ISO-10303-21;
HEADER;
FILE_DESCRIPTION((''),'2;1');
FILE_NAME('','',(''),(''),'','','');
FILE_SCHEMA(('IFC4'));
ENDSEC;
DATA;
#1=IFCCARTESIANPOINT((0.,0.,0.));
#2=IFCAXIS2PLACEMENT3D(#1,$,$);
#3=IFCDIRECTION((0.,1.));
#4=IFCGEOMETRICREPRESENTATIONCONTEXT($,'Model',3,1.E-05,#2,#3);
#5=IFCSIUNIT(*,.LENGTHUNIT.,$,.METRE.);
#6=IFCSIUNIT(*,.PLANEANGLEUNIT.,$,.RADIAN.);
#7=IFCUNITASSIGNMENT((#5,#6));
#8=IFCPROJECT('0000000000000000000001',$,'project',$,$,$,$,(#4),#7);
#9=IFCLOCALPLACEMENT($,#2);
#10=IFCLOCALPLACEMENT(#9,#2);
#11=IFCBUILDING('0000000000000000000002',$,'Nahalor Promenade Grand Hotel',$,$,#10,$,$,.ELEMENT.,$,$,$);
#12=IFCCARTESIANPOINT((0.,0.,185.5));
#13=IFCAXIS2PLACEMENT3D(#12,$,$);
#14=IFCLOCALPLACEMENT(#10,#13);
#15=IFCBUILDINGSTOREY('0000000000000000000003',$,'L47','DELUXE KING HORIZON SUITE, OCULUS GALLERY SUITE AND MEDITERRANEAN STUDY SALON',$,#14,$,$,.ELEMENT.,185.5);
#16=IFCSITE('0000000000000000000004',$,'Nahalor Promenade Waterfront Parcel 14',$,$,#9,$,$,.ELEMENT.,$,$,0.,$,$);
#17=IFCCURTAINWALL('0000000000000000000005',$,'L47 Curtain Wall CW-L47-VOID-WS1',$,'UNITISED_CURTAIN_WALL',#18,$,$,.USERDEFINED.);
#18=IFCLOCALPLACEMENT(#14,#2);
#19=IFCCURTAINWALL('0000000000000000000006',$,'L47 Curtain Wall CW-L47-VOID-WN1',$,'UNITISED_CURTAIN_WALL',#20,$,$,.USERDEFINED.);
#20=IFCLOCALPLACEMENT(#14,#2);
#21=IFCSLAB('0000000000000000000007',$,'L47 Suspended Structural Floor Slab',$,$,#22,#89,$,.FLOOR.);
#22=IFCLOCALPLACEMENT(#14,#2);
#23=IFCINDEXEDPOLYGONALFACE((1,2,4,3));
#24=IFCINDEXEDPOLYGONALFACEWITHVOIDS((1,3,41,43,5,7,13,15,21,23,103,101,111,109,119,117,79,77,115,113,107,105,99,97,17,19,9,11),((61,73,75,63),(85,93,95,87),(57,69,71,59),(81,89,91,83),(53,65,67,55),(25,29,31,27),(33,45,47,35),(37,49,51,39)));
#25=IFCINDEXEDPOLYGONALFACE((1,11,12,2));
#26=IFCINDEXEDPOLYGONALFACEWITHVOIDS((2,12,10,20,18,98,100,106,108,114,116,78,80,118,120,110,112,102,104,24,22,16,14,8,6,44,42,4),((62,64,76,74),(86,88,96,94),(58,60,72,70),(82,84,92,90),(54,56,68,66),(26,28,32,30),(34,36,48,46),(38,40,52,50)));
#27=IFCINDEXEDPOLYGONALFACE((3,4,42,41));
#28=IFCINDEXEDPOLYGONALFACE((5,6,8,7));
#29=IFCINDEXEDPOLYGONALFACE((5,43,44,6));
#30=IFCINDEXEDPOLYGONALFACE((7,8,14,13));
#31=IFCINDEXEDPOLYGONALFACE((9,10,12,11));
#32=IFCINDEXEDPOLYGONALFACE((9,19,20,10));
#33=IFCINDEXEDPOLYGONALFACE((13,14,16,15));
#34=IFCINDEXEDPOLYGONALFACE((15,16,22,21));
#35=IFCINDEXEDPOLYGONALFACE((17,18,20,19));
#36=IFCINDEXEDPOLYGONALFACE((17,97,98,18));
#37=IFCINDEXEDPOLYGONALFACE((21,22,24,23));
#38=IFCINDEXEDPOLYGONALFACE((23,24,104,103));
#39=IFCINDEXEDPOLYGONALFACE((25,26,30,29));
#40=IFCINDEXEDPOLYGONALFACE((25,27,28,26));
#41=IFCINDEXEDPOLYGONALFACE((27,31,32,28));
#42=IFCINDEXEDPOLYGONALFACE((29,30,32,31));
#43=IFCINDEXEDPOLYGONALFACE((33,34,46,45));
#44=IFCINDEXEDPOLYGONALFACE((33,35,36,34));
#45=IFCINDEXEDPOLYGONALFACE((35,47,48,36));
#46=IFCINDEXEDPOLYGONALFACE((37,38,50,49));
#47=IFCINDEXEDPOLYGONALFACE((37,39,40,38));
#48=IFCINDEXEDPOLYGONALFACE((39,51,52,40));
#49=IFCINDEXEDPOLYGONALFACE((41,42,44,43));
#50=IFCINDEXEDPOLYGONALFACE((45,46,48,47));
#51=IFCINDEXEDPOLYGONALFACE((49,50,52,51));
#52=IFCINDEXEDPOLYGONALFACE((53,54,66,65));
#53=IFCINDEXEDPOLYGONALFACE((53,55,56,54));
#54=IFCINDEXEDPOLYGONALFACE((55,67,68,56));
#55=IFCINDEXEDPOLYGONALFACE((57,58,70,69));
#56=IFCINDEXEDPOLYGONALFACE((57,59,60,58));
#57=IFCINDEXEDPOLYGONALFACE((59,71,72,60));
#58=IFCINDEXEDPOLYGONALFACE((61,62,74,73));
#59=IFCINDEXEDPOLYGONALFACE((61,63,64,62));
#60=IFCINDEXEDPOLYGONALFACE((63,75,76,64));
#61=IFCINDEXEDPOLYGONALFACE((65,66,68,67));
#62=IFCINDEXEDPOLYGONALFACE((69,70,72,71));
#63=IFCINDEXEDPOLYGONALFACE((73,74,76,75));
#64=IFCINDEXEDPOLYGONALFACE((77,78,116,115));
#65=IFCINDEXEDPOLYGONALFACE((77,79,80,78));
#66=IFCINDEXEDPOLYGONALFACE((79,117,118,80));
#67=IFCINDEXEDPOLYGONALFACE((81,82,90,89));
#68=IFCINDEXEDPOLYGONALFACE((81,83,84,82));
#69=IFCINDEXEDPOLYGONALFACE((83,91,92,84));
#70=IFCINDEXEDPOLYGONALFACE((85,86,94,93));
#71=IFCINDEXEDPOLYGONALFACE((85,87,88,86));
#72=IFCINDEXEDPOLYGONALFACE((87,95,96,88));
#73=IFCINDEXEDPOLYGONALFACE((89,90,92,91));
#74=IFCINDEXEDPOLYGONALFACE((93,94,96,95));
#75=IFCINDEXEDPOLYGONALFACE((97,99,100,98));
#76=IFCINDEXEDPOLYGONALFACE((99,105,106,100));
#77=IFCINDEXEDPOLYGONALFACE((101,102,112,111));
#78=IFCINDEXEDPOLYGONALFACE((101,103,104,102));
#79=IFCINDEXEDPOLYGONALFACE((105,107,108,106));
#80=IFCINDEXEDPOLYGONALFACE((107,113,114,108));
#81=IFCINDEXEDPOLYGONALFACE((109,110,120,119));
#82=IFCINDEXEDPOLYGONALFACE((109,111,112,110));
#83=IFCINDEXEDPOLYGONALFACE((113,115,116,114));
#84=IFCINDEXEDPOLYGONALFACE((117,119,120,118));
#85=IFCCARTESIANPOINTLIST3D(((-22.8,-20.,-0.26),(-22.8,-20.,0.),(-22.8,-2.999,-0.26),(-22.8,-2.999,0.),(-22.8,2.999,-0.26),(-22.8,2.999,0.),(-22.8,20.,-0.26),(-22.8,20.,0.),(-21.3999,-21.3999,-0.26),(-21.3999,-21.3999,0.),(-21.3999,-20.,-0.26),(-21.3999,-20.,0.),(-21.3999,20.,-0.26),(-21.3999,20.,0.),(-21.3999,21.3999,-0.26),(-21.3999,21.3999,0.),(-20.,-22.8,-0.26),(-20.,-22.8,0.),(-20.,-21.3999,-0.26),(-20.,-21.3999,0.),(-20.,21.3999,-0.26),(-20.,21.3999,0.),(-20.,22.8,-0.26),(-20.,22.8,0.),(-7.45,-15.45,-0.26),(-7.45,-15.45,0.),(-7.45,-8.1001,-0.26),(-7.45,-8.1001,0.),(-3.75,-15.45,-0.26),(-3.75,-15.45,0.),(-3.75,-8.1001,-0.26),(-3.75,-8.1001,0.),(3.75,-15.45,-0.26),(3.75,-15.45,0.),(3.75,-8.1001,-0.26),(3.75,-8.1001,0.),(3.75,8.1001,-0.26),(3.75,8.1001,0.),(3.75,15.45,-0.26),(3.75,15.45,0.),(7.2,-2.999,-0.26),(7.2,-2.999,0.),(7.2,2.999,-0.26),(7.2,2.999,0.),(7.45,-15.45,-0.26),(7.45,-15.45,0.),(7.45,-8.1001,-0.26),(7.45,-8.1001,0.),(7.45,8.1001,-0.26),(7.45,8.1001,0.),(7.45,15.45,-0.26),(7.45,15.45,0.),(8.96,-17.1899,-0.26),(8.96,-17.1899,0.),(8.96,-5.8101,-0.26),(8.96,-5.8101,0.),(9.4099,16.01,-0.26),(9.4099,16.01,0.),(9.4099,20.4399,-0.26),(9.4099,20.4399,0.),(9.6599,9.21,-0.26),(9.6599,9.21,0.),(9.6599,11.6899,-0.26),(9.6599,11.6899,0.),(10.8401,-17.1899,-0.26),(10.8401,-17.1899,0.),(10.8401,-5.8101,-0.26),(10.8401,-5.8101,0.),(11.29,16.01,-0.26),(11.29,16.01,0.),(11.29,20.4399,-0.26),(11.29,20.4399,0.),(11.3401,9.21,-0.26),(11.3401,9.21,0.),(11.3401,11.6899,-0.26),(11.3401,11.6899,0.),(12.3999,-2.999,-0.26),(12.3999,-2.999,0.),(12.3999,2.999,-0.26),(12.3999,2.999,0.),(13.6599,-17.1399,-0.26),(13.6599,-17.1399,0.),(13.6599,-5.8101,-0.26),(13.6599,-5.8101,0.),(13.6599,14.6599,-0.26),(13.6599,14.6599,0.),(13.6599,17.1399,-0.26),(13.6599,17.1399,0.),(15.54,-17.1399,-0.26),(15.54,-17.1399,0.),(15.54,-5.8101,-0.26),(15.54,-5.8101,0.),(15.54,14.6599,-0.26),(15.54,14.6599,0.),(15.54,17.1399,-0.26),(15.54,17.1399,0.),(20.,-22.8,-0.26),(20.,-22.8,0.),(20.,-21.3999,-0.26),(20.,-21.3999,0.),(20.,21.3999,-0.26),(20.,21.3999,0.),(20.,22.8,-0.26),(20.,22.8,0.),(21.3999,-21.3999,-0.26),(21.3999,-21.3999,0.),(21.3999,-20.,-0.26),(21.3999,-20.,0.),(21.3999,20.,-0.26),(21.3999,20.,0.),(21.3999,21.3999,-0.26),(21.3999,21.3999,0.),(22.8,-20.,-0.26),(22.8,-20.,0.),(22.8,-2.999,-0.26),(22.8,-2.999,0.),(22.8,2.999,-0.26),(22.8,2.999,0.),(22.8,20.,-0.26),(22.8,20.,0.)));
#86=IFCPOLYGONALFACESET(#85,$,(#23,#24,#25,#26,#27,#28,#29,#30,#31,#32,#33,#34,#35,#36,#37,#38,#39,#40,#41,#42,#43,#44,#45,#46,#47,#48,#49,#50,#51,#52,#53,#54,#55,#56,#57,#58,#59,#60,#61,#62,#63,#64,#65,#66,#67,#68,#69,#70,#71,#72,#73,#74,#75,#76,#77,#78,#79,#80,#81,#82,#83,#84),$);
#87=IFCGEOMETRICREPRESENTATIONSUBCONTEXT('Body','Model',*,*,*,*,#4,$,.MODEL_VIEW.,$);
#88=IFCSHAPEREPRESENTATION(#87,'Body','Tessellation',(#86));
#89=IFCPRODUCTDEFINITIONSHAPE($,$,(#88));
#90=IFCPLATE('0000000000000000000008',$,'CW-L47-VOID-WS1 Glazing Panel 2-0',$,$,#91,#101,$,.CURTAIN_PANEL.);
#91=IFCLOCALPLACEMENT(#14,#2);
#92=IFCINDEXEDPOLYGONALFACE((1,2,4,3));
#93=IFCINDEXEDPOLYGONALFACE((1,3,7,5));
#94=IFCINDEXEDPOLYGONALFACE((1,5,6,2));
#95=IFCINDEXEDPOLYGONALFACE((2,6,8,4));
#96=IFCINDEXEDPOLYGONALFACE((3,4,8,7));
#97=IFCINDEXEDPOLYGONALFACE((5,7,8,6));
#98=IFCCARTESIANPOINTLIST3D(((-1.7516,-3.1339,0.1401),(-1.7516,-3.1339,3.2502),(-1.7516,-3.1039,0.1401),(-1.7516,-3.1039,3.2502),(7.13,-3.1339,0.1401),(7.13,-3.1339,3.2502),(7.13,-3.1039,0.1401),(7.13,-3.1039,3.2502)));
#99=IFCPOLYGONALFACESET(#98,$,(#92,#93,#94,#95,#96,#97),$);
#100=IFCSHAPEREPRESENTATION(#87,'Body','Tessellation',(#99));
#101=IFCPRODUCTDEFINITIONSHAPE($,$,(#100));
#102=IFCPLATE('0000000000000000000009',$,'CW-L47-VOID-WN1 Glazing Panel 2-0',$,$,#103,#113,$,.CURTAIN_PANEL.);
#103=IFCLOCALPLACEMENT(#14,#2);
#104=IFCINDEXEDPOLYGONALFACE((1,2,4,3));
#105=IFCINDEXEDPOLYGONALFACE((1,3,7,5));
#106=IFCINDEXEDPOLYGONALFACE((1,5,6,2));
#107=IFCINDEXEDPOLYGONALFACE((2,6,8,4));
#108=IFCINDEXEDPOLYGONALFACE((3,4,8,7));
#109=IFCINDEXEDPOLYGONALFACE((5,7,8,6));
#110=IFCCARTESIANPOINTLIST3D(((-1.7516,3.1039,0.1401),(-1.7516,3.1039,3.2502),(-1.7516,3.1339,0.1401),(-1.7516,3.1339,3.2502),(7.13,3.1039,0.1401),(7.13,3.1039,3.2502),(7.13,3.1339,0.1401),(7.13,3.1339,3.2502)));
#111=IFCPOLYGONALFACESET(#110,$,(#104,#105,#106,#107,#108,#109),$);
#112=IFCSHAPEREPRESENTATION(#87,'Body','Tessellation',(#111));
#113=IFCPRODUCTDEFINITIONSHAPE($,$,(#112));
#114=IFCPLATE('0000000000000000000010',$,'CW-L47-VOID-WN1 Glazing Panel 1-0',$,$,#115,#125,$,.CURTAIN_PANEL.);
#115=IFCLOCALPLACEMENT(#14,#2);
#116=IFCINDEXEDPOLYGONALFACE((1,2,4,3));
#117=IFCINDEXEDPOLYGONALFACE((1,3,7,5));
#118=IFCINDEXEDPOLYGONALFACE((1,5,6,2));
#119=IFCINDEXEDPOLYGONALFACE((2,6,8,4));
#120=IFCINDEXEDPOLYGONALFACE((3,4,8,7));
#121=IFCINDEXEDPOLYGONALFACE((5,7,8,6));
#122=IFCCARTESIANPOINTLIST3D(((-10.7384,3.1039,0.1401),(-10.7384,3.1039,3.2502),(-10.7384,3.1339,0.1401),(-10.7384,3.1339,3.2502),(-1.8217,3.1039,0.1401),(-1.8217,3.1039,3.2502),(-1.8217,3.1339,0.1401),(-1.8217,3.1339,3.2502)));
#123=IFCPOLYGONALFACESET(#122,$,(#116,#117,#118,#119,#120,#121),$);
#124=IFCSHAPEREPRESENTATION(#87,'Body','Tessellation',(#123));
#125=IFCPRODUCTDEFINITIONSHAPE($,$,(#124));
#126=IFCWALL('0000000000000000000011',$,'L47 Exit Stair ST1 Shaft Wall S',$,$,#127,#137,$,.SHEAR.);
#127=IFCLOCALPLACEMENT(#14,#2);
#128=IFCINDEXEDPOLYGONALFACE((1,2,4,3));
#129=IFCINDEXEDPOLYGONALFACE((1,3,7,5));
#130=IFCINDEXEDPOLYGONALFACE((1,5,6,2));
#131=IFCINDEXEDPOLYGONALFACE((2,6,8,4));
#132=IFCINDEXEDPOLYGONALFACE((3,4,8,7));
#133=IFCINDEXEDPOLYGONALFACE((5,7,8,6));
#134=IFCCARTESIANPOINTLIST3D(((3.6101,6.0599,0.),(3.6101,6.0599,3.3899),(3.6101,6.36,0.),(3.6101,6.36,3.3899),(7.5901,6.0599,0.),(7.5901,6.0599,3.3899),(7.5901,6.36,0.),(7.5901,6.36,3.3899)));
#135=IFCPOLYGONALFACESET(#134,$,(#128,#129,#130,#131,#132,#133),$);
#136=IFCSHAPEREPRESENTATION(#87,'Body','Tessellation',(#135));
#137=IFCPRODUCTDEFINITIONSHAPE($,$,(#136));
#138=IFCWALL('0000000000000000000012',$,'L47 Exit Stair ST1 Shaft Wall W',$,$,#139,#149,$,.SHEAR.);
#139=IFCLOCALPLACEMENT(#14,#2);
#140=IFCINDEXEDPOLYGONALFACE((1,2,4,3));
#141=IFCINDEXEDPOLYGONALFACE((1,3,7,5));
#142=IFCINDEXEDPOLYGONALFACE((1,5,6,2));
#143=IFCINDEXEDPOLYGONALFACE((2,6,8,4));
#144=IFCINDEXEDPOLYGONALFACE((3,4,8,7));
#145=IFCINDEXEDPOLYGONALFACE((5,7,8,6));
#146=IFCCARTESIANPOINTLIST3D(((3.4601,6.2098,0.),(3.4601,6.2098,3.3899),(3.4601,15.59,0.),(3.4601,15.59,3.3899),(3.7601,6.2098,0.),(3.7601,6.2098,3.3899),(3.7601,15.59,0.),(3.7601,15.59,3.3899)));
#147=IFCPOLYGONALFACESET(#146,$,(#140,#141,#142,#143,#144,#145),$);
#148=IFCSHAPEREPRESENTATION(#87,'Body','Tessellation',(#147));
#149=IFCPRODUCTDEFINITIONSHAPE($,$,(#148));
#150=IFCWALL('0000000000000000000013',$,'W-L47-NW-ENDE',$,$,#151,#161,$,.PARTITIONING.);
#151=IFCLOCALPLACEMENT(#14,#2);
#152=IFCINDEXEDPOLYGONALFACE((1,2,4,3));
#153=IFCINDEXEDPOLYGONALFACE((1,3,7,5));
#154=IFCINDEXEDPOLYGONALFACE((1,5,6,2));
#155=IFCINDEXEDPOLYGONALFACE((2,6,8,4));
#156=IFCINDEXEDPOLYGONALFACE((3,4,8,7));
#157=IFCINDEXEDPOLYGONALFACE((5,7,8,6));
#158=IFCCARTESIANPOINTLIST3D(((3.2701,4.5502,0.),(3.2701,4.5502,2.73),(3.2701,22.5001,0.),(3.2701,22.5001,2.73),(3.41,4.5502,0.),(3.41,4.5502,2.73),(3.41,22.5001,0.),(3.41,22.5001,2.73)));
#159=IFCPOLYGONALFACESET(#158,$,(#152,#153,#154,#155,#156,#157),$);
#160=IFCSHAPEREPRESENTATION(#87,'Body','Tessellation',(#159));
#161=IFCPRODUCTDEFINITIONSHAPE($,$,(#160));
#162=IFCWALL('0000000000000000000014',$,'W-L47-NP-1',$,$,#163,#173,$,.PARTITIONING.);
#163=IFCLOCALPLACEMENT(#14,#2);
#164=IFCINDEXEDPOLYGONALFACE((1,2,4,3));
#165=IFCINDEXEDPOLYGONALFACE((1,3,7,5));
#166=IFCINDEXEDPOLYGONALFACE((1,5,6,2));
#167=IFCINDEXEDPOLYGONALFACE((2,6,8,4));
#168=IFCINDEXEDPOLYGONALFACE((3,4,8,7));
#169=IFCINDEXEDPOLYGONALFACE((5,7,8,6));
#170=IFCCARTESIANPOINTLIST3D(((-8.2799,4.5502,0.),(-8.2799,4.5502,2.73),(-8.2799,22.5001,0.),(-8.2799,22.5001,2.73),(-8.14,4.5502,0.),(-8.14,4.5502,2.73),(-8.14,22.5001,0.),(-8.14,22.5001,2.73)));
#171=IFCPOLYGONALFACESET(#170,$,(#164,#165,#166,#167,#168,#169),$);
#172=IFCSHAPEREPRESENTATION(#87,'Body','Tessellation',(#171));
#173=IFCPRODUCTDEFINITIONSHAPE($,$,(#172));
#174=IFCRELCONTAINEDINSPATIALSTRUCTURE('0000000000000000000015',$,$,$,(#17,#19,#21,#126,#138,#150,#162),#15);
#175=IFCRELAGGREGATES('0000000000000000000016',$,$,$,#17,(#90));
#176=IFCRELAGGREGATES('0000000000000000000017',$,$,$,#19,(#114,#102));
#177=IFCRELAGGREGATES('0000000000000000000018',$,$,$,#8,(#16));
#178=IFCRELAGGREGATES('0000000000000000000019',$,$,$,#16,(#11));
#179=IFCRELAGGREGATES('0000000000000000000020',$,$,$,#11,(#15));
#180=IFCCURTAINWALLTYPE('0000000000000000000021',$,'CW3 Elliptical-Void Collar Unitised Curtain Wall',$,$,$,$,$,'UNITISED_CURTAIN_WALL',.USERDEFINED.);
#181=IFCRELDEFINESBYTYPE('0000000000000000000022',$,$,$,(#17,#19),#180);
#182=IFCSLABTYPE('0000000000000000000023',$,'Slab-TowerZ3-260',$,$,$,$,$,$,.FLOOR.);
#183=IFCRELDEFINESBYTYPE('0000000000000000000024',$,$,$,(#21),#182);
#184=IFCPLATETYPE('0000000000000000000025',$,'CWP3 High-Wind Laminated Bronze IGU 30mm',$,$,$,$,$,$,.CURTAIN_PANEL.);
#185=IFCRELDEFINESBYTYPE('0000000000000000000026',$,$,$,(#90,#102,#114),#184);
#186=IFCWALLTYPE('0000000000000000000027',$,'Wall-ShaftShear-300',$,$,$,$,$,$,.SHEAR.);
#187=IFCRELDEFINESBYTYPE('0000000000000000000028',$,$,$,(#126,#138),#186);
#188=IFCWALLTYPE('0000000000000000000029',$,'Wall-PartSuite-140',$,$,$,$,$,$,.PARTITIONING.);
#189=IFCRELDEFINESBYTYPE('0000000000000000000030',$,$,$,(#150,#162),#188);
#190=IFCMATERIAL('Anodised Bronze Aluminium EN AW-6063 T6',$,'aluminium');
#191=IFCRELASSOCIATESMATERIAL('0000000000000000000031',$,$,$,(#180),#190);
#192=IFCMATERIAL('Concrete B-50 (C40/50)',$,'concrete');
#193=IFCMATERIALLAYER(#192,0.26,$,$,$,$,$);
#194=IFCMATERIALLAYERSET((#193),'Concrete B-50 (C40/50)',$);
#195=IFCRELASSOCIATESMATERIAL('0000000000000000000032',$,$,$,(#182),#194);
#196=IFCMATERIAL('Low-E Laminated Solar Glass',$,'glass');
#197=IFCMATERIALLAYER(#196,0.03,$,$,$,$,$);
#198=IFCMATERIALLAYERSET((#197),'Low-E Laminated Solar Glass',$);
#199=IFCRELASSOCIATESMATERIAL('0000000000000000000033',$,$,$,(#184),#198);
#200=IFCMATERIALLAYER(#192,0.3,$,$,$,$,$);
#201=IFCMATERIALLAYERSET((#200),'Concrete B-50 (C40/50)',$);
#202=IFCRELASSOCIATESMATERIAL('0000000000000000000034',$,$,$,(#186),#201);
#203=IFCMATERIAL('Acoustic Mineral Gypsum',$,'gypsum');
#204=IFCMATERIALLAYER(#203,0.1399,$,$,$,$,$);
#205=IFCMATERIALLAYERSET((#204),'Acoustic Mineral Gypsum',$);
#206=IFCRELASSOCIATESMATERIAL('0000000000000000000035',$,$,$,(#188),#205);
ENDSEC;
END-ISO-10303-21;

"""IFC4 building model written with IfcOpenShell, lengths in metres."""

from ifc_helpers import new_model, si_unit, direction, frame, frame_2d, origin, origin_2d, place, context, subcontext, project, spatial, polyline, rectangle, outline, extrude, source, transform, mapped, material, layer, layer_set, type_object, element, aggregate, save


model = new_model("IFC4")

# Units and contexts
model_context = context("Model", 3, precision=1e-05, world=origin(), true_north=direction((0.0, 1.0)))
body_context = subcontext(model_context, "Body", "Model", "MODEL_VIEW")
ifc_project = project(units=[si_unit("LENGTHUNIT", "METRE"), si_unit("PLANEANGLEUNIT", "RADIAN")], contexts=[model_context])

# Site, building, storey
site_placement = place(None, origin())
site = spatial("IfcSite", under=ifc_project, at=site_placement, Name="Nahalor Promenade Waterfront Parcel 14", CompositionType="ELEMENT", RefElevation=0.0)
building_placement = place(site_placement, origin())
building = spatial("IfcBuilding", under=site, at=building_placement, Name="Nahalor Promenade Grand Hotel", CompositionType="ELEMENT")
storey_placement = place(building_placement, frame((0.0, 0.0, 185.5)))
storey = spatial("IfcBuildingStorey", under=building, at=storey_placement, Name="L47", Description="DELUXE KING HORIZON SUITE, OCULUS GALLERY SUITE AND MEDITERRANEAN STUDY SALON", CompositionType="ELEMENT", Elevation=185.5)

# Curtain wall
ifc_material_1 = material(Name="Anodised Bronze Aluminium EN AW-6063 T6", Category="aluminium")
curtain_wall_type = type_object("IfcCurtainWallType", Name="CW3 Elliptical-Void Collar Unitised Curtain Wall", ElementType="UNITISED_CURTAIN_WALL", PredefinedType="USERDEFINED", material=ifc_material_1)
curtain_wall_1_placement = place(storey_placement, origin())
curtain_wall_1 = element("IfcCurtainWall", 1, at=curtain_wall_1_placement, inside=storey, type_object=curtain_wall_type, Name="L47 Curtain Wall CW-L47-VOID-WS1", ObjectType="UNITISED_CURTAIN_WALL", PredefinedType="USERDEFINED")

# Curtain wall
curtain_wall_2_placement = place(storey_placement, origin())
curtain_wall_2 = element("IfcCurtainWall", 2, at=curtain_wall_2_placement, inside=storey, type_object=curtain_wall_type, Name="L47 Curtain Wall CW-L47-VOID-WN1", ObjectType="UNITISED_CURTAIN_WALL", PredefinedType="USERDEFINED")

# Shared definitions
ifc_material_2 = material(Name="Concrete B-50 (C40/50)", Category="concrete")

# Slab
ifc_layer_1 = layer(ifc_material_2, 0.26)
ifc_layer_set_1 = layer_set([ifc_layer_1], Name="Concrete B-50 (C40/50)")
slab_type_1 = type_object("IfcSlabType", Name="Slab-TowerZ3-260", PredefinedType="FLOOR", material=ifc_layer_set_1)
slab_1_placement = place(storey_placement, frame((0.0, 0.0, -0.26)))
element("IfcSlab", 3, at=slab_1_placement, inside=storey, type_object=slab_type_1, Name="L47 Suspended Structural Floor Slab", PredefinedType="FLOOR", context=body_context, shape_type="SweptSolid", body=[
    extrude(outline(polyline([(-20.0, -22.8), (20.0, -22.8), (20.0, -21.3999), (21.3999, -21.3999), (21.3999, -20.0), (22.8, -20.0), (22.8, -2.999), (12.3999, -2.999), (12.3999, 2.999), (22.8, 2.999), (22.8, 20.0), (21.3999, 20.0), (21.3999, 21.3999), (20.0, 21.3999), (20.0, 22.8), (-20.0, 22.8), (-20.0, 21.3999), (-21.3999, 21.3999), (-21.3999, 20.0), (-22.8, 20.0), (-22.8, 2.999), (7.2, 2.999), (7.2, -2.999), (-22.8, -2.999), (-22.8, -20.0), (-21.3999, -20.0), (-21.3999, -21.3999), (-20.0, -21.3999), (-20.0, -22.8)]), holes=[polyline([(3.75, 8.1001), (7.45, 8.1001), (7.45, 15.45), (3.75, 15.45), (3.75, 8.1001)]), polyline([(3.75, -15.45), (7.45, -15.45), (7.45, -8.1001), (3.75, -8.1001), (3.75, -15.45)]), polyline([(-7.45, -15.45), (-3.75, -15.45), (-3.75, -8.1001), (-7.45, -8.1001), (-7.45, -15.45)]), polyline([(13.6599, -17.1399), (15.54, -17.1399), (15.54, -5.8101), (13.6599, -5.8101), (13.6599, -17.1399)]), polyline([(8.96, -17.1899), (10.8401, -17.1899), (10.8401, -5.8101), (8.96, -5.8101), (8.96, -17.1899)]), polyline([(9.4099, 16.01), (11.29, 16.01), (11.29, 20.4399), (9.4099, 20.4399), (9.4099, 16.01)]), polyline([(9.6599, 9.21), (11.3401, 9.21), (11.3401, 11.6899), (9.6599, 11.6899), (9.6599, 9.21)]), polyline([(13.6599, 14.6599), (15.54, 14.6599), (15.54, 17.1399), (13.6599, 17.1399), (13.6599, 14.6599)])]), origin(), (0.0, 0.0, 1.0), 0.26),
])

# Plates
ifc_material_3 = material(Name="Low-E Laminated Solar Glass", Category="glass")
ifc_layer_2 = layer(ifc_material_3, 0.03)
ifc_layer_set_2 = layer_set([ifc_layer_2], Name="Low-E Laminated Solar Glass")
plate_type = type_object("IfcPlateType", Name="CWP3 High-Wind Laminated Bronze IGU 30mm", PredefinedType="CURTAIN_PANEL", material=ifc_layer_set_2)
shared_shape_1 = source(origin(), body_context, "Body", "SweptSolid", [
    extrude(rectangle(XDim=8.8816, YDim=0.03, at=origin_2d()), origin(), (0.0, 0.0, 1.0), 3.1101),
])
plate_1_placement = place(storey_placement, frame((2.6892, -3.1189, 0.1401), z_axis=(0.0, 0.0, 1.0), x_axis=(1.0, 0.0, 0.0)))
plate_1 = element("IfcPlate", 4, at=plate_1_placement, type_object=plate_type, Name="CW-L47-VOID-WS1 Glazing Panel 2-0", PredefinedType="CURTAIN_PANEL", context=body_context, shape_type="MappedRepresentation", body=[
    mapped(shared_shape_1, transform((0.0, 0.0, 0.0), scale=1.0)),
])
aggregate(curtain_wall_1, [plate_1])
plate_2_placement = place(storey_placement, frame((2.6892, 3.1189, 0.1401), z_axis=(0.0, 0.0, 1.0), x_axis=(1.0, 0.0, 0.0)))
plate_2 = element("IfcPlate", 5, at=plate_2_placement, type_object=plate_type, Name="CW-L47-VOID-WN1 Glazing Panel 2-0", PredefinedType="CURTAIN_PANEL", context=body_context, shape_type="MappedRepresentation", body=[
    mapped(shared_shape_1, transform((0.0, 0.0, 0.0), scale=1.0)),
])
shared_shape_2 = source(origin(), body_context, "Body", "SweptSolid", [
    extrude(rectangle(XDim=8.9167, YDim=0.03, at=origin_2d()), origin(), (0.0, 0.0, 1.0), 3.1101),
])
plate_3_placement = place(storey_placement, frame((-6.28, 3.1189, 0.1401), z_axis=(0.0, 0.0, 1.0), x_axis=(1.0, 0.0, 0.0)))
plate_3 = element("IfcPlate", 6, at=plate_3_placement, type_object=plate_type, Name="CW-L47-VOID-WN1 Glazing Panel 1-0", PredefinedType="CURTAIN_PANEL", context=body_context, shape_type="MappedRepresentation", body=[
    mapped(shared_shape_2, transform((0.0, 0.0, 0.0), scale=1.0)),
])
aggregate(curtain_wall_2, [plate_3, plate_2])

# Walls
ifc_layer_3 = layer(ifc_material_2, 0.3)
ifc_layer_set_3 = layer_set([ifc_layer_3], Name="Concrete B-50 (C40/50)")
wall_type_1 = type_object("IfcWallType", Name="Wall-ShaftShear-300", PredefinedType="SHEAR", material=ifc_layer_set_3)
shared_shape_3 = source(origin(), body_context, "Body", "SweptSolid", [
    extrude(rectangle(XDim=3.98, YDim=0.3, at=frame_2d((1.99, 0.0))), origin(), (0.0, 0.0, 1.0), 3.3899),
])
wall_1_placement = place(storey_placement, frame((3.6101, 6.21, 0.0), z_axis=(0.0, 0.0, 1.0), x_axis=(1.0, 0.0, 0.0)))
element("IfcWall", 7, at=wall_1_placement, inside=storey, type_object=wall_type_1, Name="L47 Exit Stair ST1 Shaft Wall S", PredefinedType="SHEAR", context=body_context, shape_type="MappedRepresentation", body=[
    mapped(shared_shape_3, transform((0.0, 0.0, 0.0), scale=1.0)),
])
shared_shape_4 = source(origin(), body_context, "Body", "SweptSolid", [
    extrude(rectangle(XDim=9.3801, YDim=0.3, at=frame_2d((4.6899, 0.0))), origin(), (0.0, 0.0, 1.0), 3.3899),
])
wall_2_placement = place(storey_placement, frame((3.6101, 6.21, 0.0), z_axis=(0.0, 0.0, 1.0), x_axis=(0.0, 1.0, 0.0)))
element("IfcWall", 8, at=wall_2_placement, inside=storey, type_object=wall_type_1, Name="L47 Exit Stair ST1 Shaft Wall W", PredefinedType="SHEAR", context=body_context, shape_type="MappedRepresentation", body=[
    mapped(shared_shape_4, transform((0.0, 0.0, 0.0), scale=1.0)),
])
ifc_material_4 = material(Name="Acoustic Mineral Gypsum", Category="gypsum")
ifc_layer_4 = layer(ifc_material_4, 0.1399)
ifc_layer_set_4 = layer_set([ifc_layer_4], Name="Acoustic Mineral Gypsum")
wall_type_2 = type_object("IfcWallType", Name="Wall-PartSuite-140", PredefinedType="PARTITIONING", material=ifc_layer_set_4)
shared_shape_5 = source(origin(), body_context, "Body", "SweptSolid", [
    extrude(rectangle(XDim=17.95, YDim=0.1399, at=frame_2d((8.9751, 0.0))), origin(), (0.0, 0.0, 1.0), 2.73),
])
for number, where, z_axis, x_axis, name in (
    (9, (3.3401, 4.55, 0.0), (0.0, 0.0, 1.0), (0.0, 1.0, 0.0), "W-L47-NW-ENDE"),
    (10, (-8.21, 4.55, 0.0), (0.0, 0.0, 1.0), (0.0, 1.0, 0.0), "W-L47-NP-1"),
):
    element("IfcWall", number, at=place(storey_placement, frame(where, z_axis=z_axis, x_axis=x_axis)), inside=storey, type_object=wall_type_2, Name=name, PredefinedType="PARTITIONING", context=body_context, shape_type="MappedRepresentation", body=[
        mapped(shared_shape_5, transform((0.0, 0.0, 0.0), scale=1.0)),
    ])

save(model, "model.ifc")
